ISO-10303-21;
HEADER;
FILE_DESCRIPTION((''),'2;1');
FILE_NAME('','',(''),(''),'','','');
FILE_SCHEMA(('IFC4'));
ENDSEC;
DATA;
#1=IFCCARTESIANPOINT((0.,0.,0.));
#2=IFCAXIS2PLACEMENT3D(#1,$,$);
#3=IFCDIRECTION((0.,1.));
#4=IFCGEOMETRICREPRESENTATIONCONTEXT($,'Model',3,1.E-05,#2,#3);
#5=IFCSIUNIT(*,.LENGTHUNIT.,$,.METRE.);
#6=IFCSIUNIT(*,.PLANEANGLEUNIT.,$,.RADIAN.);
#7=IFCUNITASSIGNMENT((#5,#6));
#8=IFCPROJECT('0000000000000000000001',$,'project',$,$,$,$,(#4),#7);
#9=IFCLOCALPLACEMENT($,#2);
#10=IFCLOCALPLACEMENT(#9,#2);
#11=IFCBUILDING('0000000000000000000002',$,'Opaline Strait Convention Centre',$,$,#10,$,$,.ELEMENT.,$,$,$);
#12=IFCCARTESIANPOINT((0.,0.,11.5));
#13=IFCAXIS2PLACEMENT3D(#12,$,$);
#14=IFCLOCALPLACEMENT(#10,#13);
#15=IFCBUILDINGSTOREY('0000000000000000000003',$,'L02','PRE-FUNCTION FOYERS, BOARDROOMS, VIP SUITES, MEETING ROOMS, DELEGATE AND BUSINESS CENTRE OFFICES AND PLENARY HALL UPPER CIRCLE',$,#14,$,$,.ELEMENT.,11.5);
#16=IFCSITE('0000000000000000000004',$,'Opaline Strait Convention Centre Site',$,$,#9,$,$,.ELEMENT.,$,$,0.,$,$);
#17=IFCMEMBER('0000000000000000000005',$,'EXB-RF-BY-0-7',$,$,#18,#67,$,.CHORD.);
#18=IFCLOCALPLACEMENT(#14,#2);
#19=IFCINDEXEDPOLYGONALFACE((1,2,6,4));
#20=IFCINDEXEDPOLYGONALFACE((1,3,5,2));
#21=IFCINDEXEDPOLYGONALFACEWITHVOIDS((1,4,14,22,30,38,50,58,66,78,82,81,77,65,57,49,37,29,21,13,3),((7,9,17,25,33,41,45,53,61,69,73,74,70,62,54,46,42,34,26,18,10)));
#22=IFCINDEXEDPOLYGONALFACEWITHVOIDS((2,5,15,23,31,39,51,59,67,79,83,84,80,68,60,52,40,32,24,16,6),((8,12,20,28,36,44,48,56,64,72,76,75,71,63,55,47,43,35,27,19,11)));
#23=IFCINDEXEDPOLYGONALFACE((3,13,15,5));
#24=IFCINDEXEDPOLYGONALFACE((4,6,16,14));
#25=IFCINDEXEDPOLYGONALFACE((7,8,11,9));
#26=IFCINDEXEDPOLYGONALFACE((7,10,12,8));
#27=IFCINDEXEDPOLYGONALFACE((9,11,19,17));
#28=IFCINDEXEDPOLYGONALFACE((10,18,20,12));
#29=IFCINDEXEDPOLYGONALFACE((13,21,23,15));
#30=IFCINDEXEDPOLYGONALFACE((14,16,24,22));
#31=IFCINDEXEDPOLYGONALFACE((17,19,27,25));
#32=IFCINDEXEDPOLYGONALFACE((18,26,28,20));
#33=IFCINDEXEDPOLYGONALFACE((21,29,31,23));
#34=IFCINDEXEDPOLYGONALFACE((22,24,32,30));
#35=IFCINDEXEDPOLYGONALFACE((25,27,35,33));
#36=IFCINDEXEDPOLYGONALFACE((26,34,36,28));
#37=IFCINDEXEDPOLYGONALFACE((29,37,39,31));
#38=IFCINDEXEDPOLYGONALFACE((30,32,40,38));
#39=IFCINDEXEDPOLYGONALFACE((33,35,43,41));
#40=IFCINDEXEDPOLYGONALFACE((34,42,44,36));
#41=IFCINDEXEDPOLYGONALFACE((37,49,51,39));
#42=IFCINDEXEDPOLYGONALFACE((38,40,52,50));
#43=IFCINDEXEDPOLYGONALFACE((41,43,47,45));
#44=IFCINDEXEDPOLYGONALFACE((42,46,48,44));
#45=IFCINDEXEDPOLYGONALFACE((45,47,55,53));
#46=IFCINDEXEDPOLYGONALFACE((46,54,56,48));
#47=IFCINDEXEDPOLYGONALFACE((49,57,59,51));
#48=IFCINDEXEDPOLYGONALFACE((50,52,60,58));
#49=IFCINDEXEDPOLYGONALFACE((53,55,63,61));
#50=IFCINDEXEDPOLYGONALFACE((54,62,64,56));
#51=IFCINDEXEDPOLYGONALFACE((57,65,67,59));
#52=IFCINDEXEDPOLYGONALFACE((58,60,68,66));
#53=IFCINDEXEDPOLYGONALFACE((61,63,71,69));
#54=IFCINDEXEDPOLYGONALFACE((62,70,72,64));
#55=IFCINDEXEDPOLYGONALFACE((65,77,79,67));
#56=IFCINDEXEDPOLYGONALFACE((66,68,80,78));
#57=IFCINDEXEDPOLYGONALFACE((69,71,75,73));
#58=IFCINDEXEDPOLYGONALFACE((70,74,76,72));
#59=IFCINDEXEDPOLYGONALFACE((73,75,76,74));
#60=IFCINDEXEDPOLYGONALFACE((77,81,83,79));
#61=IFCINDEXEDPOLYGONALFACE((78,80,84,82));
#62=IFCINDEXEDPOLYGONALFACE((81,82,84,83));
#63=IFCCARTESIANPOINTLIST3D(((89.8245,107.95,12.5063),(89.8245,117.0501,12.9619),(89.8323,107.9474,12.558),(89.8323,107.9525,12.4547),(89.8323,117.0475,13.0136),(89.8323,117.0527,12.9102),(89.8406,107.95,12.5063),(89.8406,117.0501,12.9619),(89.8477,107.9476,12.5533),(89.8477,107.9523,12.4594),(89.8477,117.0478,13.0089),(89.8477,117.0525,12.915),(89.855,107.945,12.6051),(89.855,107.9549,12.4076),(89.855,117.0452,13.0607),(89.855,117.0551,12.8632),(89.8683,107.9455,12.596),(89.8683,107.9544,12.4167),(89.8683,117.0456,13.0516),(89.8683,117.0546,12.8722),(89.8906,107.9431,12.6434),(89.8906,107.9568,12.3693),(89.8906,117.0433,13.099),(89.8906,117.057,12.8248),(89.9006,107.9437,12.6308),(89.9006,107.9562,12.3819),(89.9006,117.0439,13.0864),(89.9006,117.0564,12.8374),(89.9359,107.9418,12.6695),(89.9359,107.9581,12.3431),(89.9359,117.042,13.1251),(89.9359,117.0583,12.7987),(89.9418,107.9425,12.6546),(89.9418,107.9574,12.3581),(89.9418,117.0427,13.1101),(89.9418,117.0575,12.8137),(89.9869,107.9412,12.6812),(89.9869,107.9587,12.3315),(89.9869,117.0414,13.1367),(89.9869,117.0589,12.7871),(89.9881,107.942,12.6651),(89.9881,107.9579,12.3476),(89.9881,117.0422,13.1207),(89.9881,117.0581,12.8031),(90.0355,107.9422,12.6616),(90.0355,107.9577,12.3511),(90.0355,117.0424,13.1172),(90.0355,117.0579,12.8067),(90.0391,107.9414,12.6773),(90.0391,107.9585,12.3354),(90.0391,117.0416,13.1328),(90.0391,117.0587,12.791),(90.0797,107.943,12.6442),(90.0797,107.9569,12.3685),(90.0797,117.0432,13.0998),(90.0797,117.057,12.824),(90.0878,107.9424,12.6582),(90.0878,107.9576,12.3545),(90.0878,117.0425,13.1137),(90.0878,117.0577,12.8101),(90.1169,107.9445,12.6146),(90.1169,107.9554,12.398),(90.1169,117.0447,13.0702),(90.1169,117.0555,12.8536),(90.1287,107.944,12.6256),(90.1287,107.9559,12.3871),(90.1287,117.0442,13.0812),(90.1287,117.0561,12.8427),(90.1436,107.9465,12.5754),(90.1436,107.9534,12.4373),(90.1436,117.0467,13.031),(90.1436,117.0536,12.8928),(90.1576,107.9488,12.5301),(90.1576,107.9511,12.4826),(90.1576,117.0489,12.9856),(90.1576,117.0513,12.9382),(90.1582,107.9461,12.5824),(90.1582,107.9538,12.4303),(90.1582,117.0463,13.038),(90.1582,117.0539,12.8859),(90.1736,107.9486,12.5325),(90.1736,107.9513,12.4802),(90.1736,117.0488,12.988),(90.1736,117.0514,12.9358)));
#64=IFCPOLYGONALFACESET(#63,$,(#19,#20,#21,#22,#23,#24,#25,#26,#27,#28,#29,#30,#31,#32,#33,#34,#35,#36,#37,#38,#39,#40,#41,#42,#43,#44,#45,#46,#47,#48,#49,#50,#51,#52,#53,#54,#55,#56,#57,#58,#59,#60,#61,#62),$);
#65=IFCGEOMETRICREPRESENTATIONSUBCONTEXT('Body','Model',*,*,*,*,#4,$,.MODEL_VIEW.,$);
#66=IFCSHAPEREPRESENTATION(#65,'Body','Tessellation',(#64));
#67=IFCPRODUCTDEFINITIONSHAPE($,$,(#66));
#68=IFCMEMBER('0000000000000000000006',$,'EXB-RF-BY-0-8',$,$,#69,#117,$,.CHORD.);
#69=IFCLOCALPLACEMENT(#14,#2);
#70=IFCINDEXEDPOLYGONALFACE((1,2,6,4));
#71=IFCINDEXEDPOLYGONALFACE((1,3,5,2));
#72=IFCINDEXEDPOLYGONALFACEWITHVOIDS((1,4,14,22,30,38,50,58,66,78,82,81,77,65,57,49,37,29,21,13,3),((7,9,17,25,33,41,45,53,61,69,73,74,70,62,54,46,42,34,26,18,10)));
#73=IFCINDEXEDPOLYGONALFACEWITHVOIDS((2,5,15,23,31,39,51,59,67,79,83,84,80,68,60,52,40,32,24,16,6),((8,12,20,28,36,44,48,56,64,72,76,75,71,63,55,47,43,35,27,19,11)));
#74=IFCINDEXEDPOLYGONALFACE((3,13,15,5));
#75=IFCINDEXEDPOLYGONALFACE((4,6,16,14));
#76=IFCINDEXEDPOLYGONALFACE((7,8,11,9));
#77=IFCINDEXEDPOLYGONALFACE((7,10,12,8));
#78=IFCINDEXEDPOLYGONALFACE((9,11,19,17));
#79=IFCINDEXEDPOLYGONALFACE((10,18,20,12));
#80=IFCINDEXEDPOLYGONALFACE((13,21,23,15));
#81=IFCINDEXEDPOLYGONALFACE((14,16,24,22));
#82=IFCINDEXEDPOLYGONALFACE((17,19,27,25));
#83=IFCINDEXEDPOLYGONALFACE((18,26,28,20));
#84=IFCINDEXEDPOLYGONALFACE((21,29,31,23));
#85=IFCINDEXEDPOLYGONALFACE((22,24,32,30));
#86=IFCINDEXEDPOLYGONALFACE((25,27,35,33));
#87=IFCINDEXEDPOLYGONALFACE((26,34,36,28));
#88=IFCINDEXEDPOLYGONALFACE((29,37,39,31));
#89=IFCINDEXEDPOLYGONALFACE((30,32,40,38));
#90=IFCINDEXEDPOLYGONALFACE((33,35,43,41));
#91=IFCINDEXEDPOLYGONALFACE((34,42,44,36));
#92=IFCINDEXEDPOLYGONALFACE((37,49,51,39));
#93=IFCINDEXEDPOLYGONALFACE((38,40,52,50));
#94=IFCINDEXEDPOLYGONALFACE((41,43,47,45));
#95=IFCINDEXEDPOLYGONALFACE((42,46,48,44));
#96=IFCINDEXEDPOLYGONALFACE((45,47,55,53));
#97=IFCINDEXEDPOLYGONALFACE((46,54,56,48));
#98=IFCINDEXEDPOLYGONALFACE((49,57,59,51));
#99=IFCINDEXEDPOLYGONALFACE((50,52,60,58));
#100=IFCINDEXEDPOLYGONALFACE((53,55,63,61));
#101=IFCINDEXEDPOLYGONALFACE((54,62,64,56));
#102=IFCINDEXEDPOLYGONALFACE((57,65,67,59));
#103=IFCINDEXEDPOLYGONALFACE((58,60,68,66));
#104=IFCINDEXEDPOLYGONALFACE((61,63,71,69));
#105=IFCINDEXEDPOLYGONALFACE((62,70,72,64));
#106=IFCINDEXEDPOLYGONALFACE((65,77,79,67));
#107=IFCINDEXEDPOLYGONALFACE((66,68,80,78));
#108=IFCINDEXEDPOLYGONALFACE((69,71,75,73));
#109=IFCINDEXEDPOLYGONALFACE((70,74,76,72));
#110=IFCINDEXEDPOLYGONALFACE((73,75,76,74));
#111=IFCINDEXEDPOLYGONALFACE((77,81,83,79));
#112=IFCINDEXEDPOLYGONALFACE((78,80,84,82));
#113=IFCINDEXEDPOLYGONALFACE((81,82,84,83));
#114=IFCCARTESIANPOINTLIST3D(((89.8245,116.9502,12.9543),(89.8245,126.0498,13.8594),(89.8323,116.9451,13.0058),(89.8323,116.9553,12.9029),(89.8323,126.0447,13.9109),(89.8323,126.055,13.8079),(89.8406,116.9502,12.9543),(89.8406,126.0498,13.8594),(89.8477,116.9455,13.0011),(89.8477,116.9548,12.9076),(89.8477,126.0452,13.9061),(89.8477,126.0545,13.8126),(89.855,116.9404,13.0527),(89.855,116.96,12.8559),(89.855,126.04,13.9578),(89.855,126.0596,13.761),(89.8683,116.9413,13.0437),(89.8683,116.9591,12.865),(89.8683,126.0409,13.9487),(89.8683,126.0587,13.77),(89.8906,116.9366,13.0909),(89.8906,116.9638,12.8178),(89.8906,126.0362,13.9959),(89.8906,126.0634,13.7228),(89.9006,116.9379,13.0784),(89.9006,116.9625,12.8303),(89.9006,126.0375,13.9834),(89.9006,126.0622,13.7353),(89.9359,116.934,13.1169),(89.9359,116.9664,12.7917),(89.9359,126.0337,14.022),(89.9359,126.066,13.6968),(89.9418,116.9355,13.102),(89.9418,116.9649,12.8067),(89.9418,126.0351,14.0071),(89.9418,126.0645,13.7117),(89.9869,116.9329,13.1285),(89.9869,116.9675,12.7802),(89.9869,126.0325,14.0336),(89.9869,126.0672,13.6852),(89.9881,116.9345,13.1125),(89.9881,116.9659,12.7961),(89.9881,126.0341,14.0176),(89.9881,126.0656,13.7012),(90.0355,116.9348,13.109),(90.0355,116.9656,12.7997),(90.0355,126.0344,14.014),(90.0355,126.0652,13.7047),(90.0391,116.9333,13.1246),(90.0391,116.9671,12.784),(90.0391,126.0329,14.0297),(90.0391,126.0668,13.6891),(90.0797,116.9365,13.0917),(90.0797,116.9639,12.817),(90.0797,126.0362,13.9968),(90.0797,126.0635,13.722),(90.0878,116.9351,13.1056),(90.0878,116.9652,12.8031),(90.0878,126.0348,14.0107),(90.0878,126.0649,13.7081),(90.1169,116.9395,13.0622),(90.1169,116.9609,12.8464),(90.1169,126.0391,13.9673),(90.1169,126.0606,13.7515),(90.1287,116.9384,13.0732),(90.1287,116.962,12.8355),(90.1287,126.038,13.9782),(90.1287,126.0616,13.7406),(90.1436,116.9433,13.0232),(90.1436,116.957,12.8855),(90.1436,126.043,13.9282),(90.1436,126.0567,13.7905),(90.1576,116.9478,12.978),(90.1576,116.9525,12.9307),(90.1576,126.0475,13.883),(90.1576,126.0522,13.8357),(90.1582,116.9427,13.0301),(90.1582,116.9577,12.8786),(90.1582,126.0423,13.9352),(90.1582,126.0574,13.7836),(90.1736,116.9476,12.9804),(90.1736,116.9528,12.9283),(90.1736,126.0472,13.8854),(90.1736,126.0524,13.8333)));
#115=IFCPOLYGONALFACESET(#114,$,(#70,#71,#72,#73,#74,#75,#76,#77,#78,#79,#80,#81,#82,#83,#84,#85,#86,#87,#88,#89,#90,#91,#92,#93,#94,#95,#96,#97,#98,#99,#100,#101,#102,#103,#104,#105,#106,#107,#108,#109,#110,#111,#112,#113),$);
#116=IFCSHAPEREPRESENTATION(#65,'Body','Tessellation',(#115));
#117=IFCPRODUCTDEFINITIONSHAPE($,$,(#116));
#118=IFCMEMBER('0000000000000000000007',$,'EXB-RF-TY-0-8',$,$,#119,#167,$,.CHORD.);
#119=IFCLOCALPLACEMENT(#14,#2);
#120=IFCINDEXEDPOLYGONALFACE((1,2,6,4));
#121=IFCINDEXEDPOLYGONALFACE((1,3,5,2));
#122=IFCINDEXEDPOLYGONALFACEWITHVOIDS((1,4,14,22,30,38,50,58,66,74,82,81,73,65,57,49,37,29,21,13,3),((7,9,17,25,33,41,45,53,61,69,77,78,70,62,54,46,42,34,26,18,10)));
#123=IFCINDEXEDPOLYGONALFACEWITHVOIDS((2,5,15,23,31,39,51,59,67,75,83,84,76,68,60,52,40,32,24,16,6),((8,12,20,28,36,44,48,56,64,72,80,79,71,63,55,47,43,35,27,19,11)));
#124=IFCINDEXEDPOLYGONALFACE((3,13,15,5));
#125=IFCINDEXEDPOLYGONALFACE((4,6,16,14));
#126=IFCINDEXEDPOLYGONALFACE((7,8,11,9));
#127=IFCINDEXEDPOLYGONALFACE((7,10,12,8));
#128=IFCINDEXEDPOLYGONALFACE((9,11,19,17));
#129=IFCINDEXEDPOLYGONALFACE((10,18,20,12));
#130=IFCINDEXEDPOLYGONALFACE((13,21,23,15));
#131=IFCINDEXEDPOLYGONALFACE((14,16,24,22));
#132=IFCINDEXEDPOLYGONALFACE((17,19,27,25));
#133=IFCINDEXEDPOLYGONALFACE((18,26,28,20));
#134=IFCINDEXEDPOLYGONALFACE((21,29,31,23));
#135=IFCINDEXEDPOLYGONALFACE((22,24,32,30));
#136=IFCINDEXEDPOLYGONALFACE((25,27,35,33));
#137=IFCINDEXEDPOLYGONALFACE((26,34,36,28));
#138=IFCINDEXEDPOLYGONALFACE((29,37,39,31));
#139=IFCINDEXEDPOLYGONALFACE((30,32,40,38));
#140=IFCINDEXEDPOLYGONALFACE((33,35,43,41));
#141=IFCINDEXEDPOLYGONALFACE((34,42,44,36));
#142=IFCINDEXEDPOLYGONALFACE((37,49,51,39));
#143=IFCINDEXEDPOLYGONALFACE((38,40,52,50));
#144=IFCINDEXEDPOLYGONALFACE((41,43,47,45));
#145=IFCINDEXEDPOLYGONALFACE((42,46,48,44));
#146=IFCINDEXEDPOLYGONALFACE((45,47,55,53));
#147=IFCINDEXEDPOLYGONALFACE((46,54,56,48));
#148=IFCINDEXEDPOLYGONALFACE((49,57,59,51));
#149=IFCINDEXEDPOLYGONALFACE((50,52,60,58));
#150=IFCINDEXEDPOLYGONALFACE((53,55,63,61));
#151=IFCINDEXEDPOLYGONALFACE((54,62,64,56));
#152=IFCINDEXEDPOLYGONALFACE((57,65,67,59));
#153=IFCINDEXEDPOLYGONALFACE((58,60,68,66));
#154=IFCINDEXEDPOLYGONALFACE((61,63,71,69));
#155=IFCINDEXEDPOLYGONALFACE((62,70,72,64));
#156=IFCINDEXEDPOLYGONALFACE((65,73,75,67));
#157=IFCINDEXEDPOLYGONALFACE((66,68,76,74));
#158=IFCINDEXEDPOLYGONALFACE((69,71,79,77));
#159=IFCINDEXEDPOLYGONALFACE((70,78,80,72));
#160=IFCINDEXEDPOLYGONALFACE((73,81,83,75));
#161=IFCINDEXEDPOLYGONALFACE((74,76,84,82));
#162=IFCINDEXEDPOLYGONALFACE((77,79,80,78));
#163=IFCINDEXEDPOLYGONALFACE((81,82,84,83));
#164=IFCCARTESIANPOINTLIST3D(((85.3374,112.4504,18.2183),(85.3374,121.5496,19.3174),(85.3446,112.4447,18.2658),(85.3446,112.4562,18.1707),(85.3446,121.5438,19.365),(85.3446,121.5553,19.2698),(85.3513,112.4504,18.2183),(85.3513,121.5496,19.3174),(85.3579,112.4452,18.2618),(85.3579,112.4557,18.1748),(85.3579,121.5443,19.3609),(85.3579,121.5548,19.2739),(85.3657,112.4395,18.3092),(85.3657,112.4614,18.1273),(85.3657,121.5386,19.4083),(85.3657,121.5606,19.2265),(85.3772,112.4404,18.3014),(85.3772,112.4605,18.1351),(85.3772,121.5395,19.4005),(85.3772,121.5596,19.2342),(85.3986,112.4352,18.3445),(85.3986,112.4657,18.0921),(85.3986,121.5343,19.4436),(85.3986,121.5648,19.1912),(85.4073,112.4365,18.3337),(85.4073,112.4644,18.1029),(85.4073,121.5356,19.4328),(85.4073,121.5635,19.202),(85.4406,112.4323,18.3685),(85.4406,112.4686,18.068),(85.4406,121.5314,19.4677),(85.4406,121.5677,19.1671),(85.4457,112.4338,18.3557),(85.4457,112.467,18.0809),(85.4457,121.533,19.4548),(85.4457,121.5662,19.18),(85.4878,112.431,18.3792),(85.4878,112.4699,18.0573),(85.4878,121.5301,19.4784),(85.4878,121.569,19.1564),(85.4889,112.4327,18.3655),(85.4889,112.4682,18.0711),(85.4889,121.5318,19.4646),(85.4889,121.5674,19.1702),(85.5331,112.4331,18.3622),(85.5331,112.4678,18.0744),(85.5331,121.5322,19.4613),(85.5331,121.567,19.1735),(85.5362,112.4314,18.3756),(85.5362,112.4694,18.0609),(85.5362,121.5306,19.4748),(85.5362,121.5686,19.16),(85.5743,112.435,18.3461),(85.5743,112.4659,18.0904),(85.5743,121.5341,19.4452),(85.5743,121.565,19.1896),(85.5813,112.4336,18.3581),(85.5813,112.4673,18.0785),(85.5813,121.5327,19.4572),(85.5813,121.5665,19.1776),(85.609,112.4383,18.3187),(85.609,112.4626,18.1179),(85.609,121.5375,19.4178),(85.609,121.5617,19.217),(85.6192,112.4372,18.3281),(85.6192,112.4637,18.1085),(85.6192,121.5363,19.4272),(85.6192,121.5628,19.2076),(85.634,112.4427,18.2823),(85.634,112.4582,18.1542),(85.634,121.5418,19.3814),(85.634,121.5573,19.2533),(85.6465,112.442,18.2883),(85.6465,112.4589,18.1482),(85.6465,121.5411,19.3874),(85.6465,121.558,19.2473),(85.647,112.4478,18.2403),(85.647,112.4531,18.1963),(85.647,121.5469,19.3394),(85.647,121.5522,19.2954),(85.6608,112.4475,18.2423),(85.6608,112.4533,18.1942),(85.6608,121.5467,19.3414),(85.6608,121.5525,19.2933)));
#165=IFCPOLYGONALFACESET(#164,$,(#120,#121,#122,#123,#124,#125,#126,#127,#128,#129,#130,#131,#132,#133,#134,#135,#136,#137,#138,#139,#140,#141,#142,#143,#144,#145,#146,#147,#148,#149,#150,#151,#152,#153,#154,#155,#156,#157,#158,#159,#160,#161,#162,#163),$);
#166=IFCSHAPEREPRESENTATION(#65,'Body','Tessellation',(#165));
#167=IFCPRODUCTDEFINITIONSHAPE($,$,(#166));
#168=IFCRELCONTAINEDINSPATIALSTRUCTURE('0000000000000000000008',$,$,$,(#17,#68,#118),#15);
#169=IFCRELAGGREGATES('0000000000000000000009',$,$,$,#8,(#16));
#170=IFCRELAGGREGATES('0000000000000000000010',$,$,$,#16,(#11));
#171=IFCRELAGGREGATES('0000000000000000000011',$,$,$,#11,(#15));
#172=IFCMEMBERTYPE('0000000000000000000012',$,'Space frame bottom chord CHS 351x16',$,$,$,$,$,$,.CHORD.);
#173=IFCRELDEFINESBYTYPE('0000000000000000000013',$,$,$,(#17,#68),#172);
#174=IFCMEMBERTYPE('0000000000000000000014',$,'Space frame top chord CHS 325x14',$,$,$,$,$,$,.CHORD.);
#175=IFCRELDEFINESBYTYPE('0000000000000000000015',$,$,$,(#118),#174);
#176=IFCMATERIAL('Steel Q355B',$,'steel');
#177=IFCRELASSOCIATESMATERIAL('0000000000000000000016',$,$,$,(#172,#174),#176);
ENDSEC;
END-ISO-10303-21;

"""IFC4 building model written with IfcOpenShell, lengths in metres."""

from ifc_helpers import new_model, si_unit, direction, frame, origin, origin_2d, place, context, subcontext, project, spatial, hollow_circle, extrude, material, material_profile, profile_set, type_object, element, save


model = new_model("IFC4")

# Units and contexts
model_context = context("Model", 3, precision=1e-05, world=origin(), true_north=direction((0.0, 1.0)))
body_context = subcontext(model_context, "Body", "Model", "MODEL_VIEW")
ifc_project = project(units=[si_unit("LENGTHUNIT", "METRE"), si_unit("PLANEANGLEUNIT", "RADIAN")], contexts=[model_context])

# Site, building, storey
site_placement = place(None, origin())
site = spatial("IfcSite", under=ifc_project, at=site_placement, Name="Opaline Strait Convention Centre Site", CompositionType="ELEMENT", RefElevation=0.0)
building_placement = place(site_placement, origin())
building = spatial("IfcBuilding", under=site, at=building_placement, Name="Opaline Strait Convention Centre", CompositionType="ELEMENT")
storey_placement = place(building_placement, frame((0.0, 0.0, 11.5)))
storey = spatial("IfcBuildingStorey", under=building, at=storey_placement, Name="L02", Description="PRE-FUNCTION FOYERS, BOARDROOMS, VIP SUITES, MEETING ROOMS, DELEGATE AND BUSINESS CENTRE OFFICES AND PLENARY HALL UPPER CIRCLE", CompositionType="ELEMENT", Elevation=11.5)

# Members
ifc_material_1 = material(Name="Steel Q355B", Category="steel")
ifc_material_profile_1 = material_profile(ifc_material_1, hollow_circle(Radius=0.1755, WallThickness=0.0161, at=origin_2d()), Name="CHS 351x16")
ifc_profile_set_1 = profile_set([ifc_material_profile_1], Name="Steel Q355B")
member_type_1 = type_object("IfcMemberType", Name="Space frame bottom chord CHS 351x16", PredefinedType="CHORD", material=ifc_profile_set_1)
member_1_placement = place(storey_placement, frame((90.0, 107.95, 12.5063), z_axis=(0.0, 0.998749, 0.049999), x_axis=(-1.0, 0.0, 0.0)))
element("IfcMember", 1, at=member_1_placement, inside=storey, type_object=member_type_1, Name="EXB-RF-BY-0-7", PredefinedType="CHORD", context=body_context, shape_type="SweptSolid", body=[
    extrude(hollow_circle(Radius=0.1755, WallThickness=0.0161, at=origin_2d()), origin(), (0.0, 0.0, 1.0), 9.1116),
])
member_2_placement = place(storey_placement, frame((90.0, 116.9502, 12.9543), z_axis=(0.0, 0.99509, 0.09897), x_axis=(-1.0, 0.0, 0.0)))
element("IfcMember", 2, at=member_2_placement, inside=storey, type_object=member_type_1, Name="EXB-RF-BY-0-8", PredefinedType="CHORD", context=body_context, shape_type="SweptSolid", body=[
    extrude(hollow_circle(Radius=0.1755, WallThickness=0.0161, at=origin_2d()), origin(), (0.0, 0.0, 1.0), 9.1445),
])
ifc_material_profile_2 = material_profile(ifc_material_1, hollow_circle(Radius=0.1626, WallThickness=0.0139, at=origin_2d()), Name="CHS 325x14")
ifc_profile_set_2 = profile_set([ifc_material_profile_2], Name="Steel Q355B")
member_type_2 = type_object("IfcMemberType", Name="Space frame top chord CHS 325x14", PredefinedType="CHORD", material=ifc_profile_set_2)
member_3_placement = place(storey_placement, frame((85.5, 112.4504, 18.2183), z_axis=(0.0, 0.992783, 0.119922), x_axis=(-1.0, 0.0, 0.0)))
element("IfcMember", 3, at=member_3_placement, inside=storey, type_object=member_type_2, Name="EXB-RF-TY-0-8", PredefinedType="CHORD", context=body_context, shape_type="SweptSolid", body=[
    extrude(hollow_circle(Radius=0.1626, WallThickness=0.0139, at=origin_2d()), origin(), (0.0, 0.0, 1.0), 9.1653),
])

save(model, "model.ifc")
